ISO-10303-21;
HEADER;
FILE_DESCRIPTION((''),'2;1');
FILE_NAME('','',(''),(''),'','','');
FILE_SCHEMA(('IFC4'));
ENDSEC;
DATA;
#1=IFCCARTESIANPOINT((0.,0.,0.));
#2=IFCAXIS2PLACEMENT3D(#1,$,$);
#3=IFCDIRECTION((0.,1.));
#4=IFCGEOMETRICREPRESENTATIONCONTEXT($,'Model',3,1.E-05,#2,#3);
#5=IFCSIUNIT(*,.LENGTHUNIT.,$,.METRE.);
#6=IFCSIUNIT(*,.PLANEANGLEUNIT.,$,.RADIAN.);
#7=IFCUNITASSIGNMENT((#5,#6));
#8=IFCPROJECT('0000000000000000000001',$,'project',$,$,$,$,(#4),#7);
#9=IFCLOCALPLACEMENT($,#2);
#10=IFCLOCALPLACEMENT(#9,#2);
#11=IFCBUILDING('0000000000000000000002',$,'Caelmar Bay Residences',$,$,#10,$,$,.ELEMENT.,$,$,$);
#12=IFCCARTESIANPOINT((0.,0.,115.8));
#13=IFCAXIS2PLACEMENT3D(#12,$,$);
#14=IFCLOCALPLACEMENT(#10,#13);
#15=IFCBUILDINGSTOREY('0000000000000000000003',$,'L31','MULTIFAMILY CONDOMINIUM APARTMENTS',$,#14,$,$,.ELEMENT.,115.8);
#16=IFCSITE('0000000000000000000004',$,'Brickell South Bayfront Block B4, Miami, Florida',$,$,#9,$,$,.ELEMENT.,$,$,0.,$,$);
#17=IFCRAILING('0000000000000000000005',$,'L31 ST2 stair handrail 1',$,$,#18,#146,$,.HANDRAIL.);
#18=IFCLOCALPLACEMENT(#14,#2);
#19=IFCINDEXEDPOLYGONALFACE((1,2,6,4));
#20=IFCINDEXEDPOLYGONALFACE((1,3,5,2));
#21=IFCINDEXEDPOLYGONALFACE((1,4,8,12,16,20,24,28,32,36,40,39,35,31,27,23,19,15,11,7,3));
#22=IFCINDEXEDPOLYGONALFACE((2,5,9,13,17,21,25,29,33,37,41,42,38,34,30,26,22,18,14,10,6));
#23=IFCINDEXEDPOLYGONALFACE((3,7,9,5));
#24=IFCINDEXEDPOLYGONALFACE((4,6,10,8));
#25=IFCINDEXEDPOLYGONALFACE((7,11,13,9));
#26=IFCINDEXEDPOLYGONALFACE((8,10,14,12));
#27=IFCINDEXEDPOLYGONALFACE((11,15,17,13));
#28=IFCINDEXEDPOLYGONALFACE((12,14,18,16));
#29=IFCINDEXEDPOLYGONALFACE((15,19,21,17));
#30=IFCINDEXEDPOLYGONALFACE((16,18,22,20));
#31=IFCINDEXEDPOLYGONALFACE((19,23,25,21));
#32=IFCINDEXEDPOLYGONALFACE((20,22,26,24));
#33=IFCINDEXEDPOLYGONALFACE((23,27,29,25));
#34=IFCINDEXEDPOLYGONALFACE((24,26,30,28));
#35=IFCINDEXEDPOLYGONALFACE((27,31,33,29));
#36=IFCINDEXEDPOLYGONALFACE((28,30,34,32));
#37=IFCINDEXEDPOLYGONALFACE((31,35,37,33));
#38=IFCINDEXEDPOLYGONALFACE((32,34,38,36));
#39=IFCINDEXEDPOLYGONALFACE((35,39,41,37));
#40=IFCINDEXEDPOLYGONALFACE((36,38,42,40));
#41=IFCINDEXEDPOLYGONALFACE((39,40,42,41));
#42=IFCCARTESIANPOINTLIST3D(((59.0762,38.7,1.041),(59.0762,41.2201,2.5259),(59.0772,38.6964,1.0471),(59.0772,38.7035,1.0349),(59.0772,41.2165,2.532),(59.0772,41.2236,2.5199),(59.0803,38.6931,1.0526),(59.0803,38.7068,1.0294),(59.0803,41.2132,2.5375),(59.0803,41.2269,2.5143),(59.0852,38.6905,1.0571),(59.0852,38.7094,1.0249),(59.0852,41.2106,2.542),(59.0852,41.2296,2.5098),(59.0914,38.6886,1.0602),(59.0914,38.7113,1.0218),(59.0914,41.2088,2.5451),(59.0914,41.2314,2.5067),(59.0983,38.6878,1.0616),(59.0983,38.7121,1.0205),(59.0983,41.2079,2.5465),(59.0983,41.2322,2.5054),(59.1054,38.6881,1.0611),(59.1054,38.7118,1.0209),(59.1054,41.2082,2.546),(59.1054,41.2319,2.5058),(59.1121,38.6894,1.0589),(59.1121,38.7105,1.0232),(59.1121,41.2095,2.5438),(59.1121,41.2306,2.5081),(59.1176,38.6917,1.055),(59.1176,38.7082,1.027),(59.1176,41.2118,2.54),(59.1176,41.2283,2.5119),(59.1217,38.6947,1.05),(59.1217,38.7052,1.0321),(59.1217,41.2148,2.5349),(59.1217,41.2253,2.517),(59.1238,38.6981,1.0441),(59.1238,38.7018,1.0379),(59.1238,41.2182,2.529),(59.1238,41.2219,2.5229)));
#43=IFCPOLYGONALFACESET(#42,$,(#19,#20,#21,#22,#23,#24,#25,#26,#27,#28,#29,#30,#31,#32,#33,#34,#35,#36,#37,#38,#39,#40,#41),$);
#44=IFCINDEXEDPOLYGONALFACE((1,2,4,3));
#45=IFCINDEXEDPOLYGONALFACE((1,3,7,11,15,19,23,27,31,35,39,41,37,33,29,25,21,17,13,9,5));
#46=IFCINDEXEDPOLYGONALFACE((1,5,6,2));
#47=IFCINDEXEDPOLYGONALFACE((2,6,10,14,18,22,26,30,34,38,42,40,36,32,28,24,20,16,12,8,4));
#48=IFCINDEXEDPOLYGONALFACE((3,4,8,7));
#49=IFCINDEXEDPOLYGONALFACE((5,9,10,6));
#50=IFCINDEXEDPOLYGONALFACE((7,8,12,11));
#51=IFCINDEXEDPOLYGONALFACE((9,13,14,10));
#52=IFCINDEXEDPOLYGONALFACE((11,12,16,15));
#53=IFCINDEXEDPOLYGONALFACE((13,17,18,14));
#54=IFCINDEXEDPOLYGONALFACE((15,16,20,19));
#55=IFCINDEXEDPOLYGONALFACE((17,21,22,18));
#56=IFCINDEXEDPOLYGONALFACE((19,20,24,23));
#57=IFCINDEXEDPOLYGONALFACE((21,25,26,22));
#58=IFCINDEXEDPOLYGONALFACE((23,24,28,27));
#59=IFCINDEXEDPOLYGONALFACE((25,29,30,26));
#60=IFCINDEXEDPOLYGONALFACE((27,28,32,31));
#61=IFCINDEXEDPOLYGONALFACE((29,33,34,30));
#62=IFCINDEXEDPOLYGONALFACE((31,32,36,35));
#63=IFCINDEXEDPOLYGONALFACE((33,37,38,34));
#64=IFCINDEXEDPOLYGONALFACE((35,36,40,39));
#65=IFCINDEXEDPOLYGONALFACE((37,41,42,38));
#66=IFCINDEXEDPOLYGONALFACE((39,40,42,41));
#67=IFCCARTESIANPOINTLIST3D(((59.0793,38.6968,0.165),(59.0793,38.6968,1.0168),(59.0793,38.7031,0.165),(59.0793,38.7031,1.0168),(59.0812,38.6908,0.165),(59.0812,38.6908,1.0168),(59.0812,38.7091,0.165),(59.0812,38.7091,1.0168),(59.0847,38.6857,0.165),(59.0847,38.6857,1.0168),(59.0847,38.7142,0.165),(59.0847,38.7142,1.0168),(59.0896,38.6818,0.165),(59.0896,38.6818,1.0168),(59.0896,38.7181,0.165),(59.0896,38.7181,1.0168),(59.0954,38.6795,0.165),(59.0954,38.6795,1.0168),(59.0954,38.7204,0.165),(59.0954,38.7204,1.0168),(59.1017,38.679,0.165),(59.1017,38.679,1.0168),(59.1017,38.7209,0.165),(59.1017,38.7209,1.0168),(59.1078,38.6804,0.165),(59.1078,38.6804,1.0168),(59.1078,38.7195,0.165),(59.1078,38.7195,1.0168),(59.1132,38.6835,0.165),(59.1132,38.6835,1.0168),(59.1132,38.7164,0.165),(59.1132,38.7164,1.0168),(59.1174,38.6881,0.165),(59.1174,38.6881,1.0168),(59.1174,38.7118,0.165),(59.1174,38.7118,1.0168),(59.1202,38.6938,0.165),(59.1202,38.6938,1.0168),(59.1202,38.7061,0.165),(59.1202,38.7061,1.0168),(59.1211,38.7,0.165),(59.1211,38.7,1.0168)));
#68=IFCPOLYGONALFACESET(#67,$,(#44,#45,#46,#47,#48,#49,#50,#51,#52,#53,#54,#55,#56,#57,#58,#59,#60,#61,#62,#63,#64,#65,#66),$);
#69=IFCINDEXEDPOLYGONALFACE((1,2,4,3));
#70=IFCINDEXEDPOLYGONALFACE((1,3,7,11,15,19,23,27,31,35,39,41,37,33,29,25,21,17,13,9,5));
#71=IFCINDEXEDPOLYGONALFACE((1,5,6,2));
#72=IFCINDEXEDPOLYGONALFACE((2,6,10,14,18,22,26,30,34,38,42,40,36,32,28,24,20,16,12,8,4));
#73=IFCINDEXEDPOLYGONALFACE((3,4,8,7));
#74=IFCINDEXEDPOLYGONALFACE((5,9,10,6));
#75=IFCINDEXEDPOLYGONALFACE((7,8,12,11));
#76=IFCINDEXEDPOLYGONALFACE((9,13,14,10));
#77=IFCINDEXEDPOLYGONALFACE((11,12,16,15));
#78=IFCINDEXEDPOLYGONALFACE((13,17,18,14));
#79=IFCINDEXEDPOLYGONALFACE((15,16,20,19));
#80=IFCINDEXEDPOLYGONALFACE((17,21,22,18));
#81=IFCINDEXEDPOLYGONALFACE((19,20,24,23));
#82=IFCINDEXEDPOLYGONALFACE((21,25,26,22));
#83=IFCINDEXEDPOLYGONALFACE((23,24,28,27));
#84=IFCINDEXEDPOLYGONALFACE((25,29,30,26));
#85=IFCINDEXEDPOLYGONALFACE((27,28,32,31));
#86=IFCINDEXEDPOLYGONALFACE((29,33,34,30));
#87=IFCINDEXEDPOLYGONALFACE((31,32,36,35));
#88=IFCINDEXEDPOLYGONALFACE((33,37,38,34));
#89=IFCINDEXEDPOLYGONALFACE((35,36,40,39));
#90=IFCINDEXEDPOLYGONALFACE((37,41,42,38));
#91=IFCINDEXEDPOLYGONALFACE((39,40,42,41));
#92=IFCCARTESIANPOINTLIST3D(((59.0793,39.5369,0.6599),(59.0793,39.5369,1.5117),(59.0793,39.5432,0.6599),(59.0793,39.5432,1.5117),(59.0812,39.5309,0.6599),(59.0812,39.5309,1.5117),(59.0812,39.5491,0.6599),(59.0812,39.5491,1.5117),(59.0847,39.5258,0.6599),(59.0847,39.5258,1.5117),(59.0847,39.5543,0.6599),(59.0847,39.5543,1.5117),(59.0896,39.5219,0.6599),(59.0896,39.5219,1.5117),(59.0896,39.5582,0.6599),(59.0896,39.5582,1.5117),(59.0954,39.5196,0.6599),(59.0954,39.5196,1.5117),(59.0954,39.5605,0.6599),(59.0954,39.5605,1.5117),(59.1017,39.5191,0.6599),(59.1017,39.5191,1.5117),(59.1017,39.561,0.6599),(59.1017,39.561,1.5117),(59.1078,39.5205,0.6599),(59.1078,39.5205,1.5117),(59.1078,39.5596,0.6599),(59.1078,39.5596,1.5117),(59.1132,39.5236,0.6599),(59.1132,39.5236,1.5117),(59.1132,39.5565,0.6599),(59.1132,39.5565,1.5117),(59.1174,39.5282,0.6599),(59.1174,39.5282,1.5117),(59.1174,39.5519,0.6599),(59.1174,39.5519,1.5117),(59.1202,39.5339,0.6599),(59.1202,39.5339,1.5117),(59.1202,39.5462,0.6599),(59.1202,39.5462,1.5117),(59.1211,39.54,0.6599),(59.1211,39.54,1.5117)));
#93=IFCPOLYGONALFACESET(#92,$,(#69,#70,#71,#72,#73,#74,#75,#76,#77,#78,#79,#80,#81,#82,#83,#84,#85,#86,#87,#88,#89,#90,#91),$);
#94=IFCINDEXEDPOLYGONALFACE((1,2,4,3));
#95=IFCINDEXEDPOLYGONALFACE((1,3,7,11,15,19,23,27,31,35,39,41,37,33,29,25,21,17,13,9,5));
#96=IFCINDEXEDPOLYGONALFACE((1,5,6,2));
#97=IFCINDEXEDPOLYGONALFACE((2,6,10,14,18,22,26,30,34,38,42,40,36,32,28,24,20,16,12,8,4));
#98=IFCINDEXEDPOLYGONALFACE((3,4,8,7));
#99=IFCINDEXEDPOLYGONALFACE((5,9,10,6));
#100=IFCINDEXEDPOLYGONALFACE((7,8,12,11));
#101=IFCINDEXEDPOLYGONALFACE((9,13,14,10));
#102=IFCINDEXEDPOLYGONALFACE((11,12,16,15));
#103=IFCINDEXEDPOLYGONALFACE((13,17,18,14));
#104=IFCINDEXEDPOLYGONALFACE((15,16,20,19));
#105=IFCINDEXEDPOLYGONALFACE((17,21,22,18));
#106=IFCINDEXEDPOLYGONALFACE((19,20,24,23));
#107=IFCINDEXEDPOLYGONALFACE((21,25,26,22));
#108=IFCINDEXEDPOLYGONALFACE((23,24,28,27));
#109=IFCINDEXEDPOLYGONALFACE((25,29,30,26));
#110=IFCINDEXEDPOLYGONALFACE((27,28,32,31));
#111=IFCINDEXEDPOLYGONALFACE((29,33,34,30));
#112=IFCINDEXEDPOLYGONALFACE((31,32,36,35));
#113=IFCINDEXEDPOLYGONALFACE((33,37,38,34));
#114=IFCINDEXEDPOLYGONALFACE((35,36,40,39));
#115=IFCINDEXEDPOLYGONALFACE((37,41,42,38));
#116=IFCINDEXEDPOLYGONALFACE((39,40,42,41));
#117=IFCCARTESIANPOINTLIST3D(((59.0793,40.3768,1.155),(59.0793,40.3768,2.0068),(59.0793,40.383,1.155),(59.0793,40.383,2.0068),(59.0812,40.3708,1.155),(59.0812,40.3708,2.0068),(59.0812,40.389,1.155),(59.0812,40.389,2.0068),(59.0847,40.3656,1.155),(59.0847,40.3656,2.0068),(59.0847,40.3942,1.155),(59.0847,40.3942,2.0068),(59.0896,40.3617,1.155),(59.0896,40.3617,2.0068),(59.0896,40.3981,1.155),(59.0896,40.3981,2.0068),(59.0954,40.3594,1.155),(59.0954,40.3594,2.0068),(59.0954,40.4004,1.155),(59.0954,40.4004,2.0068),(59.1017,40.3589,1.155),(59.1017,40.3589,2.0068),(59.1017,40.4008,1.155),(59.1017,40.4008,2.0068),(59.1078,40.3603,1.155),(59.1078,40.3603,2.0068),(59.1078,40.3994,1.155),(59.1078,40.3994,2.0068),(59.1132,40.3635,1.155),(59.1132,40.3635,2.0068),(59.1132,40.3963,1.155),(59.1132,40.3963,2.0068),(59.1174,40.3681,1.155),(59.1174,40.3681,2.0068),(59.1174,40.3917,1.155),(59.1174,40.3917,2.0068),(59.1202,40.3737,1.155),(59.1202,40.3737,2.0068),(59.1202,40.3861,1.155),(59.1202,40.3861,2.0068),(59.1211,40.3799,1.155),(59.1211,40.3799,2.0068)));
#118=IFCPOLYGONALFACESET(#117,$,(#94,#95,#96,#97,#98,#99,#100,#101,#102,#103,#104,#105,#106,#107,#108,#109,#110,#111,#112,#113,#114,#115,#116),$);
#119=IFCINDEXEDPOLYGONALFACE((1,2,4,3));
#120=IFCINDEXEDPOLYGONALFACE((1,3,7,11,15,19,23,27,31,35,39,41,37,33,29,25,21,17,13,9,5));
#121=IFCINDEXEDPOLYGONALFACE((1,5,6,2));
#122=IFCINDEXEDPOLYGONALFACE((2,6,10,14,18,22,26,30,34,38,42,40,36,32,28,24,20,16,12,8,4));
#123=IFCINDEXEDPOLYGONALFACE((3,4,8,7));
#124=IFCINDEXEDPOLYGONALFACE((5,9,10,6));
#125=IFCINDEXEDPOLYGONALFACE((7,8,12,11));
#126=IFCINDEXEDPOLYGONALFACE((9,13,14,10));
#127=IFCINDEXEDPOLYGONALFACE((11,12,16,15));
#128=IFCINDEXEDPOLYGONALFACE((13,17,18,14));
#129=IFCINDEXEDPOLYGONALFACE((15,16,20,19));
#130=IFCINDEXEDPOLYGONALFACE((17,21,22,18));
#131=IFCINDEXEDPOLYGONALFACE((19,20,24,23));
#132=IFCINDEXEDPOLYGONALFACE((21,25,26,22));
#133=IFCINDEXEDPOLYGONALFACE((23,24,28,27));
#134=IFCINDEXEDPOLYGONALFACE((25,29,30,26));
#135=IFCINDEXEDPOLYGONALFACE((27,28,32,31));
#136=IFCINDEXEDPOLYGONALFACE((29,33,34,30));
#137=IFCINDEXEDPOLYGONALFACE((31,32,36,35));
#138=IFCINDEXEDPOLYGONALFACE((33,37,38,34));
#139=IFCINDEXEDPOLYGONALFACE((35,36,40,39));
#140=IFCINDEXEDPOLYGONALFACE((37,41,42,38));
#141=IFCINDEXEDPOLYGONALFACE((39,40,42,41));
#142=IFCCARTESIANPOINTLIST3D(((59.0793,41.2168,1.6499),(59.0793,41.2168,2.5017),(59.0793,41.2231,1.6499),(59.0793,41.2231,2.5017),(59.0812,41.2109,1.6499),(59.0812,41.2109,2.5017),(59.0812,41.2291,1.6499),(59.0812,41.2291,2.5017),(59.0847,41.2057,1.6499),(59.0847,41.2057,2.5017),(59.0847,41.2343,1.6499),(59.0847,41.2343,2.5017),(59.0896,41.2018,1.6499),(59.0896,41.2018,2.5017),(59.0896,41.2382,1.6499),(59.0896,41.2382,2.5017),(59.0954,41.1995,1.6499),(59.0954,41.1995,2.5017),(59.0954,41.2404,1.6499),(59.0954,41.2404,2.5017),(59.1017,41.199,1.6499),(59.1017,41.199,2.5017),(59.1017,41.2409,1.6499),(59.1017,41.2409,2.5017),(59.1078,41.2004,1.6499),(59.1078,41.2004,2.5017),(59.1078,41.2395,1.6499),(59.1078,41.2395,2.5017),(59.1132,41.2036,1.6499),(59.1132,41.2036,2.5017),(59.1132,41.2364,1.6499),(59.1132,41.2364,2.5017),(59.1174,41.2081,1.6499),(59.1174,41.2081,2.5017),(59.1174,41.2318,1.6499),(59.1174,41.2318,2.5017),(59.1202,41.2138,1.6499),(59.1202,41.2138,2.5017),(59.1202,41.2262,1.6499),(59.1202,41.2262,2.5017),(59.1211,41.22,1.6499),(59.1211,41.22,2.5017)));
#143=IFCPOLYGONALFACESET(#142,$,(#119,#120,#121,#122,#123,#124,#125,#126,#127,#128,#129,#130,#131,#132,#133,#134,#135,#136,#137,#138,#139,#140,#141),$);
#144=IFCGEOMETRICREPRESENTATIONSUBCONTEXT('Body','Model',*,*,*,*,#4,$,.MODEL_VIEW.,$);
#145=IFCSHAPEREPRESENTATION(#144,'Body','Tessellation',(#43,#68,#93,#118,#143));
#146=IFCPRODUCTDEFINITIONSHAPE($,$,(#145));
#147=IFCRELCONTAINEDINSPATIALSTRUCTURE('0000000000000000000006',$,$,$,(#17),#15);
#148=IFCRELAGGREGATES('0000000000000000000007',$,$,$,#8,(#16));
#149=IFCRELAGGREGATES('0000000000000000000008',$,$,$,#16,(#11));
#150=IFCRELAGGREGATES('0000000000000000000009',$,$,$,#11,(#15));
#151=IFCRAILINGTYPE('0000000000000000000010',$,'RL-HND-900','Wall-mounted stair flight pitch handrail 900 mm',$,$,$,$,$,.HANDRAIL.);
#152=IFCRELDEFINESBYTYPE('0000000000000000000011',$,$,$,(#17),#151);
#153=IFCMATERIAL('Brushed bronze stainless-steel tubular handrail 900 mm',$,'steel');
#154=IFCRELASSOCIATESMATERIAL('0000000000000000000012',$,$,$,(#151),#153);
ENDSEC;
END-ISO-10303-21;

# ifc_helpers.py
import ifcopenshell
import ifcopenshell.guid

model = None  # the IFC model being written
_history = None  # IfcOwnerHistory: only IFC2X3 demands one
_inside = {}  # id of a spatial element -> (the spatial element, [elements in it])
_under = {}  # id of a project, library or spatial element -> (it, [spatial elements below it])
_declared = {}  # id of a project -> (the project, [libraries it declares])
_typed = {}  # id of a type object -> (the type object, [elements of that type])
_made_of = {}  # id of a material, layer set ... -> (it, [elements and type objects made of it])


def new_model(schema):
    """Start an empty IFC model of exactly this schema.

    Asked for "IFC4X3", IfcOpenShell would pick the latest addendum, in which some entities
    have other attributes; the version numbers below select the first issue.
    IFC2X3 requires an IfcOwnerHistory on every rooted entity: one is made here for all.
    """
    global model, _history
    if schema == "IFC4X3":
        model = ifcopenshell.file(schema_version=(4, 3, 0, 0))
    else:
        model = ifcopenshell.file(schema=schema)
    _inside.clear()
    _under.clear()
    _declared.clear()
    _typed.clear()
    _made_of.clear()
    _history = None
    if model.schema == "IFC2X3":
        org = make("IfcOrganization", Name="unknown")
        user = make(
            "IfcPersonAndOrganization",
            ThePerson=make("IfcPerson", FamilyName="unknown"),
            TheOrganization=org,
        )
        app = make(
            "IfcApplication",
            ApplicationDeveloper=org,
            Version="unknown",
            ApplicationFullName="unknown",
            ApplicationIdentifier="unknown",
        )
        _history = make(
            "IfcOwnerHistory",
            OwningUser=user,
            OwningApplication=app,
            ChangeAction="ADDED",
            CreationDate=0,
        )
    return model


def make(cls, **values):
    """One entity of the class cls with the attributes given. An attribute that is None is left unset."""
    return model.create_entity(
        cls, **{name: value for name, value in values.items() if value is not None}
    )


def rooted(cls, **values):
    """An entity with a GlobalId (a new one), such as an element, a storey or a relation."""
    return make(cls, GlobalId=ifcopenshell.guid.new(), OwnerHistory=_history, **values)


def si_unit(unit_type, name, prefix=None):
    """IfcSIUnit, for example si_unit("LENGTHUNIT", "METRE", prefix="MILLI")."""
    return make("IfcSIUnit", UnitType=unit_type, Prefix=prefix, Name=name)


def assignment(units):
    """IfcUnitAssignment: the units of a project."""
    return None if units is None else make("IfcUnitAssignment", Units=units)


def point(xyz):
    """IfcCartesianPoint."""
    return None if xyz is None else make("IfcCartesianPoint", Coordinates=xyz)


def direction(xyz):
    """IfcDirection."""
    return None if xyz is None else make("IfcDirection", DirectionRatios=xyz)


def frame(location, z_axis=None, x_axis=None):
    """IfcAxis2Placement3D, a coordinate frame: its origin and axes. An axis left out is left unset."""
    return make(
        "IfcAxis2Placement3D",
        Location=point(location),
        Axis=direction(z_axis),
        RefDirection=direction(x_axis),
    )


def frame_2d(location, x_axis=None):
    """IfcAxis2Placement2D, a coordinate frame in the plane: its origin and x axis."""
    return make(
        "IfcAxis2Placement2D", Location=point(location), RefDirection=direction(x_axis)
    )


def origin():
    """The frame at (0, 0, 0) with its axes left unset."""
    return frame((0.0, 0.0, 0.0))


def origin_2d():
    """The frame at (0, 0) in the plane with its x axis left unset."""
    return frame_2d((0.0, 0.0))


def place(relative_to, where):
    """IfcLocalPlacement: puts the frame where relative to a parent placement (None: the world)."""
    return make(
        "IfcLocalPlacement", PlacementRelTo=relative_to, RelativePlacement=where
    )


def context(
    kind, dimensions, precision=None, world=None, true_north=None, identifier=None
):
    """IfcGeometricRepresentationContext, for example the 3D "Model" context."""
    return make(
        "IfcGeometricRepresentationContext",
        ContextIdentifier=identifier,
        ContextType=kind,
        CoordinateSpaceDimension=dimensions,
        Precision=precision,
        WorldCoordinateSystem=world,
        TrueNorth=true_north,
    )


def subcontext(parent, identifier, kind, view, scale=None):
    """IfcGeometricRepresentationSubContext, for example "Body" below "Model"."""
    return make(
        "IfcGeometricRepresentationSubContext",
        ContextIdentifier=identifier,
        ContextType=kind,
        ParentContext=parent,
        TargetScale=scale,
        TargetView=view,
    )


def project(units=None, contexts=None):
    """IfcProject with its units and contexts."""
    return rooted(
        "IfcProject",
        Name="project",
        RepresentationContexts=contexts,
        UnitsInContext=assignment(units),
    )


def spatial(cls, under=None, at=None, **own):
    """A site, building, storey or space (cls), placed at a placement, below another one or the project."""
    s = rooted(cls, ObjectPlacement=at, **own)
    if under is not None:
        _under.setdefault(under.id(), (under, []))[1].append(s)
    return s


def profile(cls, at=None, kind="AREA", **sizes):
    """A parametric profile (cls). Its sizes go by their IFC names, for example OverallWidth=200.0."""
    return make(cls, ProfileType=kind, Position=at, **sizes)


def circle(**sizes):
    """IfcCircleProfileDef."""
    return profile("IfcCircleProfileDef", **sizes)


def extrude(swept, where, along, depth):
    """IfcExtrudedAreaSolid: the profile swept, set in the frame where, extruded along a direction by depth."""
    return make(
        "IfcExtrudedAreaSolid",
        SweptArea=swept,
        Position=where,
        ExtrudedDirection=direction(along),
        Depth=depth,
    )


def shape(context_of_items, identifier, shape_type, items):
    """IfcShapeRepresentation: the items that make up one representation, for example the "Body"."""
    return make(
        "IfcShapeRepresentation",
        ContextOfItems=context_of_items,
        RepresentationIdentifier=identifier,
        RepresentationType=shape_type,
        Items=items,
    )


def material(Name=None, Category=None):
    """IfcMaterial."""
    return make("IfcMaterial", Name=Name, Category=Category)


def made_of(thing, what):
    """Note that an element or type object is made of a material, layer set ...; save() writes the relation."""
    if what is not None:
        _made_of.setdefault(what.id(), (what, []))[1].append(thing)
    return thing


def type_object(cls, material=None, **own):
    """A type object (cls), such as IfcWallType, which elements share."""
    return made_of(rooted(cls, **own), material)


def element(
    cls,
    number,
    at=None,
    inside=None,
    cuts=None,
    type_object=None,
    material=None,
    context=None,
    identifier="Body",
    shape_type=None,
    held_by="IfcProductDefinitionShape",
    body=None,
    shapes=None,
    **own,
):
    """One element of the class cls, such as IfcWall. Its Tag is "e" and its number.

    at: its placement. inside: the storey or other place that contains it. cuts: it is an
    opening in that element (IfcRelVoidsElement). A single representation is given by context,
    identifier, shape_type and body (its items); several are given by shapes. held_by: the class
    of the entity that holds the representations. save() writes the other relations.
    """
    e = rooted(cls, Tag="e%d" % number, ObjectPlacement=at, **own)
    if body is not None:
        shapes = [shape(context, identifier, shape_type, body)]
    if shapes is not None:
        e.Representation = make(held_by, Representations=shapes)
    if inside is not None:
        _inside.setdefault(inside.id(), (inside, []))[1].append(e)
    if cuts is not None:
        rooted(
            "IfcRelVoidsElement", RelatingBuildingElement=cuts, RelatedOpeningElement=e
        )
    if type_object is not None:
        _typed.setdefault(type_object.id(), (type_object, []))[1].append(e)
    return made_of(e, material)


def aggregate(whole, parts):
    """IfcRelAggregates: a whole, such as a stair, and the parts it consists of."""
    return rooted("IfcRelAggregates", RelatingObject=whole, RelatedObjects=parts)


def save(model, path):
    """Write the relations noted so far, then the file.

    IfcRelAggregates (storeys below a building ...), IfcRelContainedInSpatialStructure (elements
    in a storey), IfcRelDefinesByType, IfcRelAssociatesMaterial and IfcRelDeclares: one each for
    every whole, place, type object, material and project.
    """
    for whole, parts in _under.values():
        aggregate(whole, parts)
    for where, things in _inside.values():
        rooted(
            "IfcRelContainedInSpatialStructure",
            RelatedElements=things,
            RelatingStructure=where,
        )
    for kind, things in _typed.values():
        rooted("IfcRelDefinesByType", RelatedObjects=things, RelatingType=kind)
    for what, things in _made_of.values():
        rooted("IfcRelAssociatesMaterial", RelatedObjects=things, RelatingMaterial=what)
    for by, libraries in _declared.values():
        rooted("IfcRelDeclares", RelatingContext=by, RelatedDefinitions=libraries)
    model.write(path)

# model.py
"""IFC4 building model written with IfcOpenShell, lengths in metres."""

from ifc_helpers import new_model, si_unit, direction, frame, origin, origin_2d, place, context, subcontext, project, spatial, circle, extrude, material, type_object, element, save


model = new_model("IFC4")

# Units and contexts
model_context = context("Model", 3, precision=1e-05, world=origin(), true_north=direction((0.0, 1.0)))
body_context = subcontext(model_context, "Body", "Model", "MODEL_VIEW")
ifc_project = project(units=[si_unit("LENGTHUNIT", "METRE"), si_unit("PLANEANGLEUNIT", "RADIAN")], contexts=[model_context])

# Site, building, storey
site_placement = place(None, origin())
site = spatial("IfcSite", under=ifc_project, at=site_placement, Name="Brickell South Bayfront Block B4, Miami, Florida", CompositionType="ELEMENT", RefElevation=0.0)
building_placement = place(site_placement, origin())
building = spatial("IfcBuilding", under=site, at=building_placement, Name="Caelmar Bay Residences", CompositionType="ELEMENT")
storey_placement = place(building_placement, frame((0.0, 0.0, 115.8)))
storey = spatial("IfcBuildingStorey", under=building, at=storey_placement, Name="L31", Description="MULTIFAMILY CONDOMINIUM APARTMENTS", CompositionType="ELEMENT", Elevation=115.8)

# Railing
ifc_material_1 = material(Name="Brushed bronze stainless-steel tubular handrail 900 mm", Category="steel")
railing_type_1 = type_object("IfcRailingType", Name="RL-HND-900", Description="Wall-mounted stair flight pitch handrail 900 mm", PredefinedType="HANDRAIL", material=ifc_material_1)
railing_1_placement = place(storey_placement, frame((59.1001, 38.7, 0.165)))
element("IfcRailing", 1, at=railing_1_placement, inside=storey, type_object=railing_type_1, Name="L31 ST2 stair handrail 1", PredefinedType="HANDRAIL", context=body_context, shape_type="SweptSolid", body=[
    extrude(circle(Radius=0.0239, at=origin_2d()), frame((0.0, 0.0, 0.876), z_axis=(0.0, 0.861561, 0.507655), x_axis=(-1.0, 0.0, 0.0)), (0.0, 0.0, 1.0), 2.925),
    extrude(circle(Radius=0.021, at=origin_2d()), origin(), (0.0, 0.0, 1.0), 0.8518),
    extrude(circle(Radius=0.021, at=origin_2d()), frame((0.0, 0.8401, 0.4949)), (0.0, 0.0, 1.0), 0.8518),
    extrude(circle(Radius=0.021, at=origin_2d()), frame((0.0, 1.6799, 0.99)), (0.0, 0.0, 1.0), 0.8518),
    extrude(circle(Radius=0.021, at=origin_2d()), frame((0.0, 2.52, 1.4849)), (0.0, 0.0, 1.0), 0.8518),
])

save(model, "model.ifc")
